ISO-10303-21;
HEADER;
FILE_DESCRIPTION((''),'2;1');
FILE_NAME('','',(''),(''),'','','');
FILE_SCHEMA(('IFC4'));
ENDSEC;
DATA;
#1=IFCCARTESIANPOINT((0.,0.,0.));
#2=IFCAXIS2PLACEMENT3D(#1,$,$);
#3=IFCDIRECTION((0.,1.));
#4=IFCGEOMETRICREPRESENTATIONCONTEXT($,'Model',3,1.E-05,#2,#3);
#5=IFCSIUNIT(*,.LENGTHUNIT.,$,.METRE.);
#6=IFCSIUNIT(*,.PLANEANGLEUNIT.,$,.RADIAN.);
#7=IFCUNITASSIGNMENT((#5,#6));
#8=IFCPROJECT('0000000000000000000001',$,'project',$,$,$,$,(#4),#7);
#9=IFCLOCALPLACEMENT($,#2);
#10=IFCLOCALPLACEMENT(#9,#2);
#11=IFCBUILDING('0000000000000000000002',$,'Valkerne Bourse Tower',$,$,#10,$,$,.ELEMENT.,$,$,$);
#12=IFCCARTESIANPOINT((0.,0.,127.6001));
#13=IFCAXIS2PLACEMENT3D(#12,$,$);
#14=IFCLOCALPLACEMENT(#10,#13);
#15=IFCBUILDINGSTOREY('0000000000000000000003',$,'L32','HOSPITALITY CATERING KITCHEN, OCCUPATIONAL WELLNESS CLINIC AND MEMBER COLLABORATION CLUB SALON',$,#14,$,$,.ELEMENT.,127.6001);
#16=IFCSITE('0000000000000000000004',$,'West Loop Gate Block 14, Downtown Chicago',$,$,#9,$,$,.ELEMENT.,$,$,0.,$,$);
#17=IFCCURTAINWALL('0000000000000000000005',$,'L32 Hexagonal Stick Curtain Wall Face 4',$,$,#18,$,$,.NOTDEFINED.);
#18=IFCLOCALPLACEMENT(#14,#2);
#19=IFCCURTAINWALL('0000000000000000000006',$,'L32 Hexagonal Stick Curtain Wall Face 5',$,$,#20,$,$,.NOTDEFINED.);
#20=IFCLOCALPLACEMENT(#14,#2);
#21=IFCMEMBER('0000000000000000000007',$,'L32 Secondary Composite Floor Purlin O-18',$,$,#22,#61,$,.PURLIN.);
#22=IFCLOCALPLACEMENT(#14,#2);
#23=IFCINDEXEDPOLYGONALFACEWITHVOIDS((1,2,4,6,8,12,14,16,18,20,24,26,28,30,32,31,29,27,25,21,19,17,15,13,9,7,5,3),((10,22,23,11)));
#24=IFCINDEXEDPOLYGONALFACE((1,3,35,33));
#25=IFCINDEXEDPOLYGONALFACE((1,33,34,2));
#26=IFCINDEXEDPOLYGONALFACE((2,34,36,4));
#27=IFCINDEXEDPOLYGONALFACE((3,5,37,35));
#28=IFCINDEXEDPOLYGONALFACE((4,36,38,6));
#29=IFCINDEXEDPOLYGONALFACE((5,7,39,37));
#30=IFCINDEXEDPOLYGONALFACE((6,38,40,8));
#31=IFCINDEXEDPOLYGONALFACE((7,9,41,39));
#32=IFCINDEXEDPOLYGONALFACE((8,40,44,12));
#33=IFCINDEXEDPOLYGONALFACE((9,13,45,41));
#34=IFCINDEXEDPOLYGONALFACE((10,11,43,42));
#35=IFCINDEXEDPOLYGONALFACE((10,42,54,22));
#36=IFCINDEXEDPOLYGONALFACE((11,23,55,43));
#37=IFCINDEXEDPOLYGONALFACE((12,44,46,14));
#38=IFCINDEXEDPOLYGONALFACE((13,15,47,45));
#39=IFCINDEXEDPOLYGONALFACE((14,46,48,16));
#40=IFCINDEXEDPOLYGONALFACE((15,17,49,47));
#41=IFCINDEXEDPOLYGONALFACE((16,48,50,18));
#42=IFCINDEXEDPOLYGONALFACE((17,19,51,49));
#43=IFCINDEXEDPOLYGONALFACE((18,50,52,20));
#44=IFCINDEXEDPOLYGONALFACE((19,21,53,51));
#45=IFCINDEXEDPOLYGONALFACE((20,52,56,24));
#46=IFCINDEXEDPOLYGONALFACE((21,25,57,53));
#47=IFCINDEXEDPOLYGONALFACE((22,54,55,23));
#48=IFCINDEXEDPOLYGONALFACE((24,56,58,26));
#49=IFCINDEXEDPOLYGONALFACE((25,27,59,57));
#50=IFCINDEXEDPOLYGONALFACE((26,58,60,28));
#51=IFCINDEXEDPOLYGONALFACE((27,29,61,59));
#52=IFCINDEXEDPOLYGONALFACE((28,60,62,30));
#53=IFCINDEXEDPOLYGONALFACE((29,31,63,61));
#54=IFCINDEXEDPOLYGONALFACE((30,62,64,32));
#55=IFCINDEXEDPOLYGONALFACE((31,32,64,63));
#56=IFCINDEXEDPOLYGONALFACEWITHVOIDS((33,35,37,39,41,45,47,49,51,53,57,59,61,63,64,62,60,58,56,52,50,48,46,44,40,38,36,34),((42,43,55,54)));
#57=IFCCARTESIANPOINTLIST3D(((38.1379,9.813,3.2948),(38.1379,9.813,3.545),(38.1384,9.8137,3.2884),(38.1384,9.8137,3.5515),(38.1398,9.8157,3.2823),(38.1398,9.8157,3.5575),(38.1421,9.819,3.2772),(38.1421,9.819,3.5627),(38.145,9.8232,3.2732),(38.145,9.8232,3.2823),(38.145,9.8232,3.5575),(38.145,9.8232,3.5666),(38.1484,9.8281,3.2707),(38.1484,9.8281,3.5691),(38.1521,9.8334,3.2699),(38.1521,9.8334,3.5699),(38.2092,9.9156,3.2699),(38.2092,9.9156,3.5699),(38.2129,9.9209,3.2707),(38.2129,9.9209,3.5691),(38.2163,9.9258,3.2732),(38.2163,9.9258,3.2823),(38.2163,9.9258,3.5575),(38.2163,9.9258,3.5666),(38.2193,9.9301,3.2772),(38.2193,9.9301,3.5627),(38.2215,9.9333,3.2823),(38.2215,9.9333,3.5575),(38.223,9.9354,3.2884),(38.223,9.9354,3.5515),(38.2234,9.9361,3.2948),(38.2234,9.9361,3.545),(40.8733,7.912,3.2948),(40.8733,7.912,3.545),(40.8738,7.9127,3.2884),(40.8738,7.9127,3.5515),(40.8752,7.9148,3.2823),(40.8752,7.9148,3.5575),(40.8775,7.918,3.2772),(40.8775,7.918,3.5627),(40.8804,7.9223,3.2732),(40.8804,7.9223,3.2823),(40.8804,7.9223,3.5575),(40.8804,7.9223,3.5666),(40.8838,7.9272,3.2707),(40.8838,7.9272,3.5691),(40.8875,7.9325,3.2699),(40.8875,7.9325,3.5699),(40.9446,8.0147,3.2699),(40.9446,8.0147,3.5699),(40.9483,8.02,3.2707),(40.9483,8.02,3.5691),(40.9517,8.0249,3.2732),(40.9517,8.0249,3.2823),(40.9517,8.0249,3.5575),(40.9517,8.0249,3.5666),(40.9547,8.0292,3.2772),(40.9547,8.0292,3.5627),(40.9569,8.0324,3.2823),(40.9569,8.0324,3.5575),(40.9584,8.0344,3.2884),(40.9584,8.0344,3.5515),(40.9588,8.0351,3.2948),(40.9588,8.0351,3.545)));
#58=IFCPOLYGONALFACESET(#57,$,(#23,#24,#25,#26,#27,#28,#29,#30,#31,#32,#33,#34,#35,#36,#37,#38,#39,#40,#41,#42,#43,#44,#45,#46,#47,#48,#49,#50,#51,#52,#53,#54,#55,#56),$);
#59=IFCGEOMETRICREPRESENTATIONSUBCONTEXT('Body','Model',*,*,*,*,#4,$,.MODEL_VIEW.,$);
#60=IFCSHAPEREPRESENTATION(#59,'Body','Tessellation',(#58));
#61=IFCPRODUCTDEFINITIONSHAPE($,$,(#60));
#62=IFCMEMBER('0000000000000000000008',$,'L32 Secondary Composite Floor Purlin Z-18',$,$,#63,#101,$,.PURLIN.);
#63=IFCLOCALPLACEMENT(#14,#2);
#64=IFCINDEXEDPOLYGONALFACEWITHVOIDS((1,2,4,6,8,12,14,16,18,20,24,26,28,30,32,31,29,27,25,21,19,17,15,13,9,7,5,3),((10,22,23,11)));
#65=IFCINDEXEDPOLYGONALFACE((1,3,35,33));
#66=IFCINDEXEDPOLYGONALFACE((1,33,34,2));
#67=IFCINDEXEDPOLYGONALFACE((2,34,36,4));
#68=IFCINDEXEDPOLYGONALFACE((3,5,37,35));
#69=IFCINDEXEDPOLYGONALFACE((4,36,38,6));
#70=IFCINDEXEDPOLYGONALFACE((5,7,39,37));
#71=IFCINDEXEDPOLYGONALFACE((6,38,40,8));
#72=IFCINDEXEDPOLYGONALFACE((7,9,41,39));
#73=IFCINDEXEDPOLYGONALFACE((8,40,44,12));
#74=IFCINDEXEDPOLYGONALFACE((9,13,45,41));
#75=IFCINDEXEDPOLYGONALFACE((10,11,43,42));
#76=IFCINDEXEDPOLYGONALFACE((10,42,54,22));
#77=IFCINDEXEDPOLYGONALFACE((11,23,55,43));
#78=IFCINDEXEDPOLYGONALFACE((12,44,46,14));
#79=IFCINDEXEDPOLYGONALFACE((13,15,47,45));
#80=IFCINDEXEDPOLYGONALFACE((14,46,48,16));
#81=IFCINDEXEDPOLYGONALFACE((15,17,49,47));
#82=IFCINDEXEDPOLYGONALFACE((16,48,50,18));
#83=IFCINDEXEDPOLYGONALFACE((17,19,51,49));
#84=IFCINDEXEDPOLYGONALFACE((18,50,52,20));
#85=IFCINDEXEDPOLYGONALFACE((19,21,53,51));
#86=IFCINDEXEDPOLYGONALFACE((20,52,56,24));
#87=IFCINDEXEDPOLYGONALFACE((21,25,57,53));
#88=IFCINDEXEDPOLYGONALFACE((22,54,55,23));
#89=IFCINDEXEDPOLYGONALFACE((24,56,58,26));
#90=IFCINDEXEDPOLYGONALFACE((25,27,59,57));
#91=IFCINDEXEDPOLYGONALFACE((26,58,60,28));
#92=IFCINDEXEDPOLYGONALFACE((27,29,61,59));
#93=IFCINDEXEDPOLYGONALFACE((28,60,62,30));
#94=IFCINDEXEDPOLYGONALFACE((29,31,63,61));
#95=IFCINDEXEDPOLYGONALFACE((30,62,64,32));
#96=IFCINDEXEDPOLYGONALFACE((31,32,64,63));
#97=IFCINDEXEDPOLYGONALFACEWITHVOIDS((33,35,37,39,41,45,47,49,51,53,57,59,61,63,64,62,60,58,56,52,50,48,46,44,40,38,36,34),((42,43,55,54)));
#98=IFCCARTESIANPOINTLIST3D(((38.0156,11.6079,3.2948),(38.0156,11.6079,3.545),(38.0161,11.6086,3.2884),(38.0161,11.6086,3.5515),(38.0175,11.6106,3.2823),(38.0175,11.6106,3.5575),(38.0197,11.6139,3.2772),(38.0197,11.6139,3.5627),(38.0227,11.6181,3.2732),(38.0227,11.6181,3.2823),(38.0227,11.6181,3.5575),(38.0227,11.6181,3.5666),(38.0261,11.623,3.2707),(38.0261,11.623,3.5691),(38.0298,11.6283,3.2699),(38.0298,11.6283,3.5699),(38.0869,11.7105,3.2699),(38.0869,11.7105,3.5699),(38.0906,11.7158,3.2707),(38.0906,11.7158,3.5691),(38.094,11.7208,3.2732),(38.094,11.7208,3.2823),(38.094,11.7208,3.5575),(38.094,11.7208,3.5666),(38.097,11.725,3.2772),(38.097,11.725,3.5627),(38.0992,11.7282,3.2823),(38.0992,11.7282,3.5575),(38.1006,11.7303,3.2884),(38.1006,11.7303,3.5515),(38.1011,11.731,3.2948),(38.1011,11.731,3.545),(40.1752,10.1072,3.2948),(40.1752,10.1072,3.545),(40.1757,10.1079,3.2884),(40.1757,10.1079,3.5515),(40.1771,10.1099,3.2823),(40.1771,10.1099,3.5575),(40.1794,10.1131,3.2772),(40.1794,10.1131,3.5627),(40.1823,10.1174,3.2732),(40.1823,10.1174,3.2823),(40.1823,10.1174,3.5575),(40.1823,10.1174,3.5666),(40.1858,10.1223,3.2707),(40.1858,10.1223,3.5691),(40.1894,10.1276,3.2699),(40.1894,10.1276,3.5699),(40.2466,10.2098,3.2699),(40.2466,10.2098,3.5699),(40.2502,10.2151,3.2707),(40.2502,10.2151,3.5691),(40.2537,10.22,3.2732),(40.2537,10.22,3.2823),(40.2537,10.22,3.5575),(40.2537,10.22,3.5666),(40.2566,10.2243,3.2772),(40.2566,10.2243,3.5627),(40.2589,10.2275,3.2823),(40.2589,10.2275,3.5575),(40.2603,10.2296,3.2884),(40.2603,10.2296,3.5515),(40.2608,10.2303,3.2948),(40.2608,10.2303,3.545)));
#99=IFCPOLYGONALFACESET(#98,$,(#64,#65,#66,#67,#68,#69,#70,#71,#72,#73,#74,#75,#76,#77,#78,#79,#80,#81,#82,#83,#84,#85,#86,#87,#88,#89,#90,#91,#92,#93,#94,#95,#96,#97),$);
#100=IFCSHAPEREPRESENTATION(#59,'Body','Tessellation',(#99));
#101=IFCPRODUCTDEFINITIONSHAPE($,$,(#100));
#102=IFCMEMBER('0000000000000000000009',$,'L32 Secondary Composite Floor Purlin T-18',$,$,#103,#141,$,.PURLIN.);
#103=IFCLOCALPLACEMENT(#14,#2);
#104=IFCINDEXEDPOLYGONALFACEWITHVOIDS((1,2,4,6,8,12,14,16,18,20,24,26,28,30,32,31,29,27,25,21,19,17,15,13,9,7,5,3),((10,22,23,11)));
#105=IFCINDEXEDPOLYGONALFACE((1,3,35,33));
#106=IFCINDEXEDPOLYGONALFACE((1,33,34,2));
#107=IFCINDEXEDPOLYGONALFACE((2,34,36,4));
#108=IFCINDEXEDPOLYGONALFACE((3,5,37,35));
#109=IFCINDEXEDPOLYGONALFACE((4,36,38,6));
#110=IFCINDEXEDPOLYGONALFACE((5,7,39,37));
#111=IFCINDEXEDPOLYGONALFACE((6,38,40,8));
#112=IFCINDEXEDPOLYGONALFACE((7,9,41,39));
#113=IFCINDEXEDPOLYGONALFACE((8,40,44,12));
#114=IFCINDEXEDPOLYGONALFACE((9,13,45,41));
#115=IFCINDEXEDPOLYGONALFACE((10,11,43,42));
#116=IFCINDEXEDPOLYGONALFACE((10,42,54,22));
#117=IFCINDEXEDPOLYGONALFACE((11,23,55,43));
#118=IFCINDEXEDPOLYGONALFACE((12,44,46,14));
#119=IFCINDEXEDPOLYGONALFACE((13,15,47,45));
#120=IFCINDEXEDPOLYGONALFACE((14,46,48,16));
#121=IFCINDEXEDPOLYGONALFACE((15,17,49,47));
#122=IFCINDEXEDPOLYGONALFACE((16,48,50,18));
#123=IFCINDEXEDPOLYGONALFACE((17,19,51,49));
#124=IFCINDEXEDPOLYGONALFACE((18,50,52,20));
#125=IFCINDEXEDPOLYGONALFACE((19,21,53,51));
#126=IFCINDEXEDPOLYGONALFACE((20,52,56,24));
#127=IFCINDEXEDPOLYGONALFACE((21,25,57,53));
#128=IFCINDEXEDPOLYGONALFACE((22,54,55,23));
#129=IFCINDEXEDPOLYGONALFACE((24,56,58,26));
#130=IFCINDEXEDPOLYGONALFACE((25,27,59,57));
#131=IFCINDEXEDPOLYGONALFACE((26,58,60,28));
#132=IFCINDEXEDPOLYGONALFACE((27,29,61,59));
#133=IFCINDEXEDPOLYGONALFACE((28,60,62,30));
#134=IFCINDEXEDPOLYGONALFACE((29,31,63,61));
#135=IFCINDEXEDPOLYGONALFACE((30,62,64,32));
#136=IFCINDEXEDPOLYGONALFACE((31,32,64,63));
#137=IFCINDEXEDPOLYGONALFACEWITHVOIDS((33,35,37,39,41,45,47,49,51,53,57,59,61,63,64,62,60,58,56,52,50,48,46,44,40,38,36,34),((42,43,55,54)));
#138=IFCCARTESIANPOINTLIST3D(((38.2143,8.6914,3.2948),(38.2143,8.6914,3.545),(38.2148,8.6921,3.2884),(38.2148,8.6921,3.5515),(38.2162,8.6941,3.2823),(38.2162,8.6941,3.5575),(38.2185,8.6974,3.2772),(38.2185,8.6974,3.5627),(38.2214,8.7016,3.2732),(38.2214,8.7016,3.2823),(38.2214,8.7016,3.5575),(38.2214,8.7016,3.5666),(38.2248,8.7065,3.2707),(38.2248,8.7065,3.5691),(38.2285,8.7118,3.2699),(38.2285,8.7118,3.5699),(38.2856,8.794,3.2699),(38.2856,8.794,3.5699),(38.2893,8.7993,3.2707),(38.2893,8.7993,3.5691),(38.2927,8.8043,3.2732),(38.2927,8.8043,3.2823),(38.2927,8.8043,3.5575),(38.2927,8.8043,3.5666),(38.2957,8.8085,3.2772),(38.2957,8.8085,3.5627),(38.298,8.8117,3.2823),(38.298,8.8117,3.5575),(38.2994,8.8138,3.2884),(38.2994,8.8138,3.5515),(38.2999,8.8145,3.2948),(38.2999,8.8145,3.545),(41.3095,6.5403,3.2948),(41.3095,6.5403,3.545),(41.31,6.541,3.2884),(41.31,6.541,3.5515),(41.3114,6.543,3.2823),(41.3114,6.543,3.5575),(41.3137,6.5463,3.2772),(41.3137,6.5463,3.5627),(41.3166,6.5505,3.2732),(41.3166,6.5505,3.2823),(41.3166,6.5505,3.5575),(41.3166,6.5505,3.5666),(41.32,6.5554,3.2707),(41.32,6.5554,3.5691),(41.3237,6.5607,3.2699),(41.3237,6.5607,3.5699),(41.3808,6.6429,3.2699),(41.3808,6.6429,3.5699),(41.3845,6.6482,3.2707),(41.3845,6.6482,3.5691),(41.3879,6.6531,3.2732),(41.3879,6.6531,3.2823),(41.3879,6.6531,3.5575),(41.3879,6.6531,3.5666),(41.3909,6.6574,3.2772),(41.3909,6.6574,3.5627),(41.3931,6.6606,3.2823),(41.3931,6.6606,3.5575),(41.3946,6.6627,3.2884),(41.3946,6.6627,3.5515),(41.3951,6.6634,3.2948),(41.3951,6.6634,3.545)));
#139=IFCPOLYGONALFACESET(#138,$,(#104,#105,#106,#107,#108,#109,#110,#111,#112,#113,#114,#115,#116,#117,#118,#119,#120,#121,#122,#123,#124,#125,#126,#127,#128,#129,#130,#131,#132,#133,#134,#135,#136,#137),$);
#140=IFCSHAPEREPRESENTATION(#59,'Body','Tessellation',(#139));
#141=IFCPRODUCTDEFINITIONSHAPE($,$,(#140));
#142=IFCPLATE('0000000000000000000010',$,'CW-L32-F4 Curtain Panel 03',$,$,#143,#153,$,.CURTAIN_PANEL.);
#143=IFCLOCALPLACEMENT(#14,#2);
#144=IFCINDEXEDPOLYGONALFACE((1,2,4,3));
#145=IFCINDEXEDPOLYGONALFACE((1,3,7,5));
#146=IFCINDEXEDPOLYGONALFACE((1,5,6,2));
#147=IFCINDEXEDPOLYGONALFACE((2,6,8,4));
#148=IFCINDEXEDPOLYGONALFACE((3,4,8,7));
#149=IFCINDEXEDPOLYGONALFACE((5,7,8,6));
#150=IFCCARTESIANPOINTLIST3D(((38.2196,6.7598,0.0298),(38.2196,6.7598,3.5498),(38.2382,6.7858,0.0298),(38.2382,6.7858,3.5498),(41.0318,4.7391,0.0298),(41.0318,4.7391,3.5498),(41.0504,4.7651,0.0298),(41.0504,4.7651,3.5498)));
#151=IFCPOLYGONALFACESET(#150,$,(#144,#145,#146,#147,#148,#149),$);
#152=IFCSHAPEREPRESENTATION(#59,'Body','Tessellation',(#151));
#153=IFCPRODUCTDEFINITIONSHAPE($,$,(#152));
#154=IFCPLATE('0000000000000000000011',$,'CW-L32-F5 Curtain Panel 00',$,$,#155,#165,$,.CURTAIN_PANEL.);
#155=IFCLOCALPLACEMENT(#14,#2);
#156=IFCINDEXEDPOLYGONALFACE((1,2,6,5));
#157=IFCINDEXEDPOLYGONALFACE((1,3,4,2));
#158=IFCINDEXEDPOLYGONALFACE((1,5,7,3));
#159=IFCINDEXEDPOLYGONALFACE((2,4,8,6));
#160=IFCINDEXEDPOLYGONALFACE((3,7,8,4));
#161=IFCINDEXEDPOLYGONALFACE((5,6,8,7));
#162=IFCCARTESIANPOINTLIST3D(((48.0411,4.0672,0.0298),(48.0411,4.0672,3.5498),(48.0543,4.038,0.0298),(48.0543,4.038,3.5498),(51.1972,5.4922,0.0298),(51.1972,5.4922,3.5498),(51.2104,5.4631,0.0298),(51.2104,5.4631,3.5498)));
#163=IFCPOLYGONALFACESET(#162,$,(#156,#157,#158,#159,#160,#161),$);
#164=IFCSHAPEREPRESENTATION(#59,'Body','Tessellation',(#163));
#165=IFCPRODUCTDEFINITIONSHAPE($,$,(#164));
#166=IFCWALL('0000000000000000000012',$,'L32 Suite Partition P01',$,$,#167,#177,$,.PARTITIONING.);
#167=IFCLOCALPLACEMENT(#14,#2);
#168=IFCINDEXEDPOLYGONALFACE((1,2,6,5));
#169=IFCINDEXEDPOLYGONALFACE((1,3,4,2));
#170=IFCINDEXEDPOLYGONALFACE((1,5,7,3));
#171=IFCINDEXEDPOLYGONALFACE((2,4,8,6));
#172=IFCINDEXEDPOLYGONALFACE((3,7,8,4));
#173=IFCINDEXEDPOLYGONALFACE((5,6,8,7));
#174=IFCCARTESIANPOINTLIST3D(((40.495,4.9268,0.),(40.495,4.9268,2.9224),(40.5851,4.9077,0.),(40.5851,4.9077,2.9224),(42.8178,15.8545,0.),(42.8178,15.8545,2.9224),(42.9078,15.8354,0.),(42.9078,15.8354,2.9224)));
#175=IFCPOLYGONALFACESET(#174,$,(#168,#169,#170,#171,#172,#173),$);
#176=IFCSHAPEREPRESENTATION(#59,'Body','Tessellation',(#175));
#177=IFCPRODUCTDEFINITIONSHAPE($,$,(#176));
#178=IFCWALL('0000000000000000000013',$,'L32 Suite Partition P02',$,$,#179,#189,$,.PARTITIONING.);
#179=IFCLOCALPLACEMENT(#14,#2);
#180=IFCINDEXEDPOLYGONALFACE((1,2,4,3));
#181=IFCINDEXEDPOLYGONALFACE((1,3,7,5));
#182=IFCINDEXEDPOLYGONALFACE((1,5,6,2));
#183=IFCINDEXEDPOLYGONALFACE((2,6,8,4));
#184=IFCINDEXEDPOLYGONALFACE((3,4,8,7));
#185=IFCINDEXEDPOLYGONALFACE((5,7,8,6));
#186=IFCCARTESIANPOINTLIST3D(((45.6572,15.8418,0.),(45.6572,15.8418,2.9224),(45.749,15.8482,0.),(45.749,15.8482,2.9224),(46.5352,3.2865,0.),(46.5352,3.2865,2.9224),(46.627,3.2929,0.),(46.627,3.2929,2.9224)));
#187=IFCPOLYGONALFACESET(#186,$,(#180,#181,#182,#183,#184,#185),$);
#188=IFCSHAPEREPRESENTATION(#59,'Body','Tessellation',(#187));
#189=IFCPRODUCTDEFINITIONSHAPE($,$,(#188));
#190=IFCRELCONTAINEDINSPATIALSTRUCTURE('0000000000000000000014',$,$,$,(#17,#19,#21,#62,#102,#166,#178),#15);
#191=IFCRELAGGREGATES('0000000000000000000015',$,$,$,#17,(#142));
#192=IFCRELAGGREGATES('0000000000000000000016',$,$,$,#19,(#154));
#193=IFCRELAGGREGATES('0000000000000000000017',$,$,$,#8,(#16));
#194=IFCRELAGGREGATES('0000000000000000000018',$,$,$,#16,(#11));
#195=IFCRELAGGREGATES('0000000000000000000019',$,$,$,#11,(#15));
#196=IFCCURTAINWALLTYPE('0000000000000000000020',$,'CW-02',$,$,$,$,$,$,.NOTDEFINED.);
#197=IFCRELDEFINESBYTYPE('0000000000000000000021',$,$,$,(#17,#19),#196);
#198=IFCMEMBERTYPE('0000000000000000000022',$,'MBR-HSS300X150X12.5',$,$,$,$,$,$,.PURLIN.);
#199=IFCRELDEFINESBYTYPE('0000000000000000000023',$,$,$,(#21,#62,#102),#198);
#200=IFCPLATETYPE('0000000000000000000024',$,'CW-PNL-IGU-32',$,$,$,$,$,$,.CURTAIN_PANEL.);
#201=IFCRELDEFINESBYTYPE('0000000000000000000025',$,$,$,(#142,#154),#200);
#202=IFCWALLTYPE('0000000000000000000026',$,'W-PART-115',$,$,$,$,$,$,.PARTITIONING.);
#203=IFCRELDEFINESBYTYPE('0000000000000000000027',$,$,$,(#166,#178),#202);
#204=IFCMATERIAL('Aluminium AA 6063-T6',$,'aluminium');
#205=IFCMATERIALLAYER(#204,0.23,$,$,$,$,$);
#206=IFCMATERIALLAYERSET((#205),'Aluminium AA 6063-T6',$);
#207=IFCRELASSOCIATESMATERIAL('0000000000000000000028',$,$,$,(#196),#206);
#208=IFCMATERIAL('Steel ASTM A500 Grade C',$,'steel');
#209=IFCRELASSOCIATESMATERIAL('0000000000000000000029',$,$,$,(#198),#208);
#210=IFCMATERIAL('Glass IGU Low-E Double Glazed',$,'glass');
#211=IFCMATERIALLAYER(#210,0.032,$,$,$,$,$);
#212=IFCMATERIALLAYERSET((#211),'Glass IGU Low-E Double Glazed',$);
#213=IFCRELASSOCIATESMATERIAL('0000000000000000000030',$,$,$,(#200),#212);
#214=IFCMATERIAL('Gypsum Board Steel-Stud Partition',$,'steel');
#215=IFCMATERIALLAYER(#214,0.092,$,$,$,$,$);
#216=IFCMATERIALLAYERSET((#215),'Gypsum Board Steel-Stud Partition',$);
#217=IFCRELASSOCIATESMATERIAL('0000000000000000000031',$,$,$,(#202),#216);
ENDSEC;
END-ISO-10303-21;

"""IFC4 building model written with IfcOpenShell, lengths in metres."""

from ifc_helpers import new_model, si_unit, direction, frame, frame_2d, origin, origin_2d, place, context, subcontext, project, spatial, rectangle, hollow_rectangle, extrude, material, layer, layer_set, material_profile, profile_set, type_object, element, aggregate, save


model = new_model("IFC4")

# Units and contexts
model_context = context("Model", 3, precision=1e-05, world=origin(), true_north=direction((0.0, 1.0)))
body_context = subcontext(model_context, "Body", "Model", "MODEL_VIEW")
ifc_project = project(units=[si_unit("LENGTHUNIT", "METRE"), si_unit("PLANEANGLEUNIT", "RADIAN")], contexts=[model_context])

# Site, building, storey
site_placement = place(None, origin())
site = spatial("IfcSite", under=ifc_project, at=site_placement, Name="West Loop Gate Block 14, Downtown Chicago", CompositionType="ELEMENT", RefElevation=0.0)
building_placement = place(site_placement, origin())
building = spatial("IfcBuilding", under=site, at=building_placement, Name="Valkerne Bourse Tower", CompositionType="ELEMENT")
storey_placement = place(building_placement, frame((0.0, 0.0, 127.6001)))
storey = spatial("IfcBuildingStorey", under=building, at=storey_placement, Name="L32", Description="HOSPITALITY CATERING KITCHEN, OCCUPATIONAL WELLNESS CLINIC AND MEMBER COLLABORATION CLUB SALON", CompositionType="ELEMENT", Elevation=127.6001)

# Curtain walls
ifc_material_1 = material(Name="Aluminium AA 6063-T6", Category="aluminium")
ifc_layer_1 = layer(ifc_material_1, 0.23)
ifc_layer_set_1 = layer_set([ifc_layer_1], Name="Aluminium AA 6063-T6")
curtain_wall_type = type_object("IfcCurtainWallType", Name="CW-02", PredefinedType="NOTDEFINED", material=ifc_layer_set_1)
curtain_wall_1_placement = place(storey_placement, origin())
curtain_wall_1 = element("IfcCurtainWall", 1, at=curtain_wall_1_placement, inside=storey, type_object=curtain_wall_type, Name="L32 Hexagonal Stick Curtain Wall Face 4", PredefinedType="NOTDEFINED")
curtain_wall_2_placement = place(storey_placement, origin())
curtain_wall_2 = element("IfcCurtainWall", 2, at=curtain_wall_2_placement, inside=storey, type_object=curtain_wall_type, Name="L32 Hexagonal Stick Curtain Wall Face 5", PredefinedType="NOTDEFINED")

# Members
ifc_material_2 = material(Name="Steel ASTM A500 Grade C", Category="steel")
ifc_material_profile_1 = material_profile(ifc_material_2, hollow_rectangle(XDim=0.1499, YDim=0.3, WallThickness=0.0125, OuterFilletRadius=0.0249, at=origin_2d()), Name="HSS300X150X12.5")
ifc_profile_set_1 = profile_set([ifc_material_profile_1], Name="Steel ASTM A500 Grade C")
member_type_1 = type_object("IfcMemberType", Name="MBR-HSS300X150X12.5", PredefinedType="PURLIN", material=ifc_profile_set_1)
member_1_placement = place(storey_placement, frame((38.1807, 9.8745, 3.4199), z_axis=(0.821183, -0.570665, 0.0), x_axis=(0.570665, 0.821183, 0.0)))
element("IfcMember", 3, at=member_1_placement, inside=storey, type_object=member_type_1, Name="L32 Secondary Composite Floor Purlin O-18", PredefinedType="PURLIN", context=body_context, shape_type="SweptSolid", body=[
    extrude(hollow_rectangle(XDim=0.1499, YDim=0.3, WallThickness=0.0125, OuterFilletRadius=0.0249, at=origin_2d()), origin(), (0.0, 0.0, 1.0), 3.3311),
])
member_2_placement = place(storey_placement, frame((38.0583, 11.6694, 3.4199), z_axis=(0.821198, -0.570643, 0.0), x_axis=(0.570643, 0.821198, 0.0)))
element("IfcMember", 4, at=member_2_placement, inside=storey, type_object=member_type_1, Name="L32 Secondary Composite Floor Purlin Z-18", PredefinedType="PURLIN", context=body_context, shape_type="SweptSolid", body=[
    extrude(hollow_rectangle(XDim=0.1499, YDim=0.3, WallThickness=0.0125, OuterFilletRadius=0.0249, at=origin_2d()), origin(), (0.0, 0.0, 1.0), 2.6299),
])
member_3_placement = place(storey_placement, frame((38.2571, 8.7529, 3.4199), z_axis=(0.821163, -0.570694, 0.0), x_axis=(0.570694, 0.821163, 0.0)))
element("IfcMember", 5, at=member_3_placement, inside=storey, type_object=member_type_1, Name="L32 Secondary Composite Floor Purlin T-18", PredefinedType="PURLIN", context=body_context, shape_type="SweptSolid", body=[
    extrude(hollow_rectangle(XDim=0.1499, YDim=0.3, WallThickness=0.0125, OuterFilletRadius=0.0249, at=origin_2d()), origin(), (0.0, 0.0, 1.0), 3.7693),
])

# Plates
ifc_material_3 = material(Name="Glass IGU Low-E Double Glazed", Category="glass")
ifc_layer_2 = layer(ifc_material_3, 0.032)
ifc_layer_set_2 = layer_set([ifc_layer_2], Name="Glass IGU Low-E Double Glazed")
plate_type = type_object("IfcPlateType", Name="CW-PNL-IGU-32", PredefinedType="CURTAIN_PANEL", material=ifc_layer_set_2)
plate_1_placement = place(storey_placement, frame((39.635, 5.7625, 0.0298), z_axis=(0.0, 0.0, 1.0), x_axis=(0.812093, -0.583528, 0.0)))
plate_1 = element("IfcPlate", 6, at=plate_1_placement, type_object=plate_type, Name="CW-L32-F4 Curtain Panel 03", PredefinedType="CURTAIN_PANEL", context=body_context, shape_type="SweptSolid", body=[
    extrude(rectangle(XDim=3.4629, YDim=0.032, at=origin_2d()), origin(), (0.0, 0.0, 1.0), 3.52),
])
aggregate(curtain_wall_1, [plate_1])
plate_2_placement = place(storey_placement, frame((49.6257, 4.7651, 0.0298), z_axis=(0.0, 0.0, 1.0), x_axis=(0.911401, 0.411519, 0.0)))
plate_2 = element("IfcPlate", 7, at=plate_2_placement, type_object=plate_type, Name="CW-L32-F5 Curtain Panel 00", PredefinedType="CURTAIN_PANEL", context=body_context, shape_type="SweptSolid", body=[
    extrude(rectangle(XDim=3.4629, YDim=0.032, at=origin_2d()), origin(), (0.0, 0.0, 1.0), 3.52),
])
aggregate(curtain_wall_2, [plate_2])

# Walls
ifc_material_4 = material(Name="Gypsum Board Steel-Stud Partition", Category="steel")
ifc_layer_3 = layer(ifc_material_4, 0.092)
ifc_layer_set_3 = layer_set([ifc_layer_3], Name="Gypsum Board Steel-Stud Partition")
wall_type = type_object("IfcWallType", Name="W-PART-115", PredefinedType="PARTITIONING", material=ifc_layer_set_3)
wall_1_placement = place(storey_placement, frame((42.8628, 15.845, 0.0), z_axis=(0.0, 0.0, 1.0), x_axis=(-0.207911, -0.978148, 0.0)))
element("IfcWall", 8, at=wall_1_placement, inside=storey, type_object=wall_type, Name="L32 Suite Partition P01", PredefinedType="PARTITIONING", context=body_context, shape_type="SweptSolid", body=[
    extrude(rectangle(XDim=11.1719, YDim=0.092, at=frame_2d((5.5859, 0.0))), origin(), (0.0, 0.0, 1.0), 2.9224),
])
wall_2_placement = place(storey_placement, frame((45.7031, 15.845, 0.0), z_axis=(0.0, 0.0, 1.0), x_axis=(0.069755, -0.997564, 0.0)))
element("IfcWall", 9, at=wall_2_placement, inside=storey, type_object=wall_type, Name="L32 Suite Partition P02", PredefinedType="PARTITIONING", context=body_context, shape_type="SweptSolid", body=[
    extrude(rectangle(XDim=12.5859, YDim=0.092, at=frame_2d((6.293, 0.0))), origin(), (0.0, 0.0, 1.0), 2.9224),
])

save(model, "model.ifc")
